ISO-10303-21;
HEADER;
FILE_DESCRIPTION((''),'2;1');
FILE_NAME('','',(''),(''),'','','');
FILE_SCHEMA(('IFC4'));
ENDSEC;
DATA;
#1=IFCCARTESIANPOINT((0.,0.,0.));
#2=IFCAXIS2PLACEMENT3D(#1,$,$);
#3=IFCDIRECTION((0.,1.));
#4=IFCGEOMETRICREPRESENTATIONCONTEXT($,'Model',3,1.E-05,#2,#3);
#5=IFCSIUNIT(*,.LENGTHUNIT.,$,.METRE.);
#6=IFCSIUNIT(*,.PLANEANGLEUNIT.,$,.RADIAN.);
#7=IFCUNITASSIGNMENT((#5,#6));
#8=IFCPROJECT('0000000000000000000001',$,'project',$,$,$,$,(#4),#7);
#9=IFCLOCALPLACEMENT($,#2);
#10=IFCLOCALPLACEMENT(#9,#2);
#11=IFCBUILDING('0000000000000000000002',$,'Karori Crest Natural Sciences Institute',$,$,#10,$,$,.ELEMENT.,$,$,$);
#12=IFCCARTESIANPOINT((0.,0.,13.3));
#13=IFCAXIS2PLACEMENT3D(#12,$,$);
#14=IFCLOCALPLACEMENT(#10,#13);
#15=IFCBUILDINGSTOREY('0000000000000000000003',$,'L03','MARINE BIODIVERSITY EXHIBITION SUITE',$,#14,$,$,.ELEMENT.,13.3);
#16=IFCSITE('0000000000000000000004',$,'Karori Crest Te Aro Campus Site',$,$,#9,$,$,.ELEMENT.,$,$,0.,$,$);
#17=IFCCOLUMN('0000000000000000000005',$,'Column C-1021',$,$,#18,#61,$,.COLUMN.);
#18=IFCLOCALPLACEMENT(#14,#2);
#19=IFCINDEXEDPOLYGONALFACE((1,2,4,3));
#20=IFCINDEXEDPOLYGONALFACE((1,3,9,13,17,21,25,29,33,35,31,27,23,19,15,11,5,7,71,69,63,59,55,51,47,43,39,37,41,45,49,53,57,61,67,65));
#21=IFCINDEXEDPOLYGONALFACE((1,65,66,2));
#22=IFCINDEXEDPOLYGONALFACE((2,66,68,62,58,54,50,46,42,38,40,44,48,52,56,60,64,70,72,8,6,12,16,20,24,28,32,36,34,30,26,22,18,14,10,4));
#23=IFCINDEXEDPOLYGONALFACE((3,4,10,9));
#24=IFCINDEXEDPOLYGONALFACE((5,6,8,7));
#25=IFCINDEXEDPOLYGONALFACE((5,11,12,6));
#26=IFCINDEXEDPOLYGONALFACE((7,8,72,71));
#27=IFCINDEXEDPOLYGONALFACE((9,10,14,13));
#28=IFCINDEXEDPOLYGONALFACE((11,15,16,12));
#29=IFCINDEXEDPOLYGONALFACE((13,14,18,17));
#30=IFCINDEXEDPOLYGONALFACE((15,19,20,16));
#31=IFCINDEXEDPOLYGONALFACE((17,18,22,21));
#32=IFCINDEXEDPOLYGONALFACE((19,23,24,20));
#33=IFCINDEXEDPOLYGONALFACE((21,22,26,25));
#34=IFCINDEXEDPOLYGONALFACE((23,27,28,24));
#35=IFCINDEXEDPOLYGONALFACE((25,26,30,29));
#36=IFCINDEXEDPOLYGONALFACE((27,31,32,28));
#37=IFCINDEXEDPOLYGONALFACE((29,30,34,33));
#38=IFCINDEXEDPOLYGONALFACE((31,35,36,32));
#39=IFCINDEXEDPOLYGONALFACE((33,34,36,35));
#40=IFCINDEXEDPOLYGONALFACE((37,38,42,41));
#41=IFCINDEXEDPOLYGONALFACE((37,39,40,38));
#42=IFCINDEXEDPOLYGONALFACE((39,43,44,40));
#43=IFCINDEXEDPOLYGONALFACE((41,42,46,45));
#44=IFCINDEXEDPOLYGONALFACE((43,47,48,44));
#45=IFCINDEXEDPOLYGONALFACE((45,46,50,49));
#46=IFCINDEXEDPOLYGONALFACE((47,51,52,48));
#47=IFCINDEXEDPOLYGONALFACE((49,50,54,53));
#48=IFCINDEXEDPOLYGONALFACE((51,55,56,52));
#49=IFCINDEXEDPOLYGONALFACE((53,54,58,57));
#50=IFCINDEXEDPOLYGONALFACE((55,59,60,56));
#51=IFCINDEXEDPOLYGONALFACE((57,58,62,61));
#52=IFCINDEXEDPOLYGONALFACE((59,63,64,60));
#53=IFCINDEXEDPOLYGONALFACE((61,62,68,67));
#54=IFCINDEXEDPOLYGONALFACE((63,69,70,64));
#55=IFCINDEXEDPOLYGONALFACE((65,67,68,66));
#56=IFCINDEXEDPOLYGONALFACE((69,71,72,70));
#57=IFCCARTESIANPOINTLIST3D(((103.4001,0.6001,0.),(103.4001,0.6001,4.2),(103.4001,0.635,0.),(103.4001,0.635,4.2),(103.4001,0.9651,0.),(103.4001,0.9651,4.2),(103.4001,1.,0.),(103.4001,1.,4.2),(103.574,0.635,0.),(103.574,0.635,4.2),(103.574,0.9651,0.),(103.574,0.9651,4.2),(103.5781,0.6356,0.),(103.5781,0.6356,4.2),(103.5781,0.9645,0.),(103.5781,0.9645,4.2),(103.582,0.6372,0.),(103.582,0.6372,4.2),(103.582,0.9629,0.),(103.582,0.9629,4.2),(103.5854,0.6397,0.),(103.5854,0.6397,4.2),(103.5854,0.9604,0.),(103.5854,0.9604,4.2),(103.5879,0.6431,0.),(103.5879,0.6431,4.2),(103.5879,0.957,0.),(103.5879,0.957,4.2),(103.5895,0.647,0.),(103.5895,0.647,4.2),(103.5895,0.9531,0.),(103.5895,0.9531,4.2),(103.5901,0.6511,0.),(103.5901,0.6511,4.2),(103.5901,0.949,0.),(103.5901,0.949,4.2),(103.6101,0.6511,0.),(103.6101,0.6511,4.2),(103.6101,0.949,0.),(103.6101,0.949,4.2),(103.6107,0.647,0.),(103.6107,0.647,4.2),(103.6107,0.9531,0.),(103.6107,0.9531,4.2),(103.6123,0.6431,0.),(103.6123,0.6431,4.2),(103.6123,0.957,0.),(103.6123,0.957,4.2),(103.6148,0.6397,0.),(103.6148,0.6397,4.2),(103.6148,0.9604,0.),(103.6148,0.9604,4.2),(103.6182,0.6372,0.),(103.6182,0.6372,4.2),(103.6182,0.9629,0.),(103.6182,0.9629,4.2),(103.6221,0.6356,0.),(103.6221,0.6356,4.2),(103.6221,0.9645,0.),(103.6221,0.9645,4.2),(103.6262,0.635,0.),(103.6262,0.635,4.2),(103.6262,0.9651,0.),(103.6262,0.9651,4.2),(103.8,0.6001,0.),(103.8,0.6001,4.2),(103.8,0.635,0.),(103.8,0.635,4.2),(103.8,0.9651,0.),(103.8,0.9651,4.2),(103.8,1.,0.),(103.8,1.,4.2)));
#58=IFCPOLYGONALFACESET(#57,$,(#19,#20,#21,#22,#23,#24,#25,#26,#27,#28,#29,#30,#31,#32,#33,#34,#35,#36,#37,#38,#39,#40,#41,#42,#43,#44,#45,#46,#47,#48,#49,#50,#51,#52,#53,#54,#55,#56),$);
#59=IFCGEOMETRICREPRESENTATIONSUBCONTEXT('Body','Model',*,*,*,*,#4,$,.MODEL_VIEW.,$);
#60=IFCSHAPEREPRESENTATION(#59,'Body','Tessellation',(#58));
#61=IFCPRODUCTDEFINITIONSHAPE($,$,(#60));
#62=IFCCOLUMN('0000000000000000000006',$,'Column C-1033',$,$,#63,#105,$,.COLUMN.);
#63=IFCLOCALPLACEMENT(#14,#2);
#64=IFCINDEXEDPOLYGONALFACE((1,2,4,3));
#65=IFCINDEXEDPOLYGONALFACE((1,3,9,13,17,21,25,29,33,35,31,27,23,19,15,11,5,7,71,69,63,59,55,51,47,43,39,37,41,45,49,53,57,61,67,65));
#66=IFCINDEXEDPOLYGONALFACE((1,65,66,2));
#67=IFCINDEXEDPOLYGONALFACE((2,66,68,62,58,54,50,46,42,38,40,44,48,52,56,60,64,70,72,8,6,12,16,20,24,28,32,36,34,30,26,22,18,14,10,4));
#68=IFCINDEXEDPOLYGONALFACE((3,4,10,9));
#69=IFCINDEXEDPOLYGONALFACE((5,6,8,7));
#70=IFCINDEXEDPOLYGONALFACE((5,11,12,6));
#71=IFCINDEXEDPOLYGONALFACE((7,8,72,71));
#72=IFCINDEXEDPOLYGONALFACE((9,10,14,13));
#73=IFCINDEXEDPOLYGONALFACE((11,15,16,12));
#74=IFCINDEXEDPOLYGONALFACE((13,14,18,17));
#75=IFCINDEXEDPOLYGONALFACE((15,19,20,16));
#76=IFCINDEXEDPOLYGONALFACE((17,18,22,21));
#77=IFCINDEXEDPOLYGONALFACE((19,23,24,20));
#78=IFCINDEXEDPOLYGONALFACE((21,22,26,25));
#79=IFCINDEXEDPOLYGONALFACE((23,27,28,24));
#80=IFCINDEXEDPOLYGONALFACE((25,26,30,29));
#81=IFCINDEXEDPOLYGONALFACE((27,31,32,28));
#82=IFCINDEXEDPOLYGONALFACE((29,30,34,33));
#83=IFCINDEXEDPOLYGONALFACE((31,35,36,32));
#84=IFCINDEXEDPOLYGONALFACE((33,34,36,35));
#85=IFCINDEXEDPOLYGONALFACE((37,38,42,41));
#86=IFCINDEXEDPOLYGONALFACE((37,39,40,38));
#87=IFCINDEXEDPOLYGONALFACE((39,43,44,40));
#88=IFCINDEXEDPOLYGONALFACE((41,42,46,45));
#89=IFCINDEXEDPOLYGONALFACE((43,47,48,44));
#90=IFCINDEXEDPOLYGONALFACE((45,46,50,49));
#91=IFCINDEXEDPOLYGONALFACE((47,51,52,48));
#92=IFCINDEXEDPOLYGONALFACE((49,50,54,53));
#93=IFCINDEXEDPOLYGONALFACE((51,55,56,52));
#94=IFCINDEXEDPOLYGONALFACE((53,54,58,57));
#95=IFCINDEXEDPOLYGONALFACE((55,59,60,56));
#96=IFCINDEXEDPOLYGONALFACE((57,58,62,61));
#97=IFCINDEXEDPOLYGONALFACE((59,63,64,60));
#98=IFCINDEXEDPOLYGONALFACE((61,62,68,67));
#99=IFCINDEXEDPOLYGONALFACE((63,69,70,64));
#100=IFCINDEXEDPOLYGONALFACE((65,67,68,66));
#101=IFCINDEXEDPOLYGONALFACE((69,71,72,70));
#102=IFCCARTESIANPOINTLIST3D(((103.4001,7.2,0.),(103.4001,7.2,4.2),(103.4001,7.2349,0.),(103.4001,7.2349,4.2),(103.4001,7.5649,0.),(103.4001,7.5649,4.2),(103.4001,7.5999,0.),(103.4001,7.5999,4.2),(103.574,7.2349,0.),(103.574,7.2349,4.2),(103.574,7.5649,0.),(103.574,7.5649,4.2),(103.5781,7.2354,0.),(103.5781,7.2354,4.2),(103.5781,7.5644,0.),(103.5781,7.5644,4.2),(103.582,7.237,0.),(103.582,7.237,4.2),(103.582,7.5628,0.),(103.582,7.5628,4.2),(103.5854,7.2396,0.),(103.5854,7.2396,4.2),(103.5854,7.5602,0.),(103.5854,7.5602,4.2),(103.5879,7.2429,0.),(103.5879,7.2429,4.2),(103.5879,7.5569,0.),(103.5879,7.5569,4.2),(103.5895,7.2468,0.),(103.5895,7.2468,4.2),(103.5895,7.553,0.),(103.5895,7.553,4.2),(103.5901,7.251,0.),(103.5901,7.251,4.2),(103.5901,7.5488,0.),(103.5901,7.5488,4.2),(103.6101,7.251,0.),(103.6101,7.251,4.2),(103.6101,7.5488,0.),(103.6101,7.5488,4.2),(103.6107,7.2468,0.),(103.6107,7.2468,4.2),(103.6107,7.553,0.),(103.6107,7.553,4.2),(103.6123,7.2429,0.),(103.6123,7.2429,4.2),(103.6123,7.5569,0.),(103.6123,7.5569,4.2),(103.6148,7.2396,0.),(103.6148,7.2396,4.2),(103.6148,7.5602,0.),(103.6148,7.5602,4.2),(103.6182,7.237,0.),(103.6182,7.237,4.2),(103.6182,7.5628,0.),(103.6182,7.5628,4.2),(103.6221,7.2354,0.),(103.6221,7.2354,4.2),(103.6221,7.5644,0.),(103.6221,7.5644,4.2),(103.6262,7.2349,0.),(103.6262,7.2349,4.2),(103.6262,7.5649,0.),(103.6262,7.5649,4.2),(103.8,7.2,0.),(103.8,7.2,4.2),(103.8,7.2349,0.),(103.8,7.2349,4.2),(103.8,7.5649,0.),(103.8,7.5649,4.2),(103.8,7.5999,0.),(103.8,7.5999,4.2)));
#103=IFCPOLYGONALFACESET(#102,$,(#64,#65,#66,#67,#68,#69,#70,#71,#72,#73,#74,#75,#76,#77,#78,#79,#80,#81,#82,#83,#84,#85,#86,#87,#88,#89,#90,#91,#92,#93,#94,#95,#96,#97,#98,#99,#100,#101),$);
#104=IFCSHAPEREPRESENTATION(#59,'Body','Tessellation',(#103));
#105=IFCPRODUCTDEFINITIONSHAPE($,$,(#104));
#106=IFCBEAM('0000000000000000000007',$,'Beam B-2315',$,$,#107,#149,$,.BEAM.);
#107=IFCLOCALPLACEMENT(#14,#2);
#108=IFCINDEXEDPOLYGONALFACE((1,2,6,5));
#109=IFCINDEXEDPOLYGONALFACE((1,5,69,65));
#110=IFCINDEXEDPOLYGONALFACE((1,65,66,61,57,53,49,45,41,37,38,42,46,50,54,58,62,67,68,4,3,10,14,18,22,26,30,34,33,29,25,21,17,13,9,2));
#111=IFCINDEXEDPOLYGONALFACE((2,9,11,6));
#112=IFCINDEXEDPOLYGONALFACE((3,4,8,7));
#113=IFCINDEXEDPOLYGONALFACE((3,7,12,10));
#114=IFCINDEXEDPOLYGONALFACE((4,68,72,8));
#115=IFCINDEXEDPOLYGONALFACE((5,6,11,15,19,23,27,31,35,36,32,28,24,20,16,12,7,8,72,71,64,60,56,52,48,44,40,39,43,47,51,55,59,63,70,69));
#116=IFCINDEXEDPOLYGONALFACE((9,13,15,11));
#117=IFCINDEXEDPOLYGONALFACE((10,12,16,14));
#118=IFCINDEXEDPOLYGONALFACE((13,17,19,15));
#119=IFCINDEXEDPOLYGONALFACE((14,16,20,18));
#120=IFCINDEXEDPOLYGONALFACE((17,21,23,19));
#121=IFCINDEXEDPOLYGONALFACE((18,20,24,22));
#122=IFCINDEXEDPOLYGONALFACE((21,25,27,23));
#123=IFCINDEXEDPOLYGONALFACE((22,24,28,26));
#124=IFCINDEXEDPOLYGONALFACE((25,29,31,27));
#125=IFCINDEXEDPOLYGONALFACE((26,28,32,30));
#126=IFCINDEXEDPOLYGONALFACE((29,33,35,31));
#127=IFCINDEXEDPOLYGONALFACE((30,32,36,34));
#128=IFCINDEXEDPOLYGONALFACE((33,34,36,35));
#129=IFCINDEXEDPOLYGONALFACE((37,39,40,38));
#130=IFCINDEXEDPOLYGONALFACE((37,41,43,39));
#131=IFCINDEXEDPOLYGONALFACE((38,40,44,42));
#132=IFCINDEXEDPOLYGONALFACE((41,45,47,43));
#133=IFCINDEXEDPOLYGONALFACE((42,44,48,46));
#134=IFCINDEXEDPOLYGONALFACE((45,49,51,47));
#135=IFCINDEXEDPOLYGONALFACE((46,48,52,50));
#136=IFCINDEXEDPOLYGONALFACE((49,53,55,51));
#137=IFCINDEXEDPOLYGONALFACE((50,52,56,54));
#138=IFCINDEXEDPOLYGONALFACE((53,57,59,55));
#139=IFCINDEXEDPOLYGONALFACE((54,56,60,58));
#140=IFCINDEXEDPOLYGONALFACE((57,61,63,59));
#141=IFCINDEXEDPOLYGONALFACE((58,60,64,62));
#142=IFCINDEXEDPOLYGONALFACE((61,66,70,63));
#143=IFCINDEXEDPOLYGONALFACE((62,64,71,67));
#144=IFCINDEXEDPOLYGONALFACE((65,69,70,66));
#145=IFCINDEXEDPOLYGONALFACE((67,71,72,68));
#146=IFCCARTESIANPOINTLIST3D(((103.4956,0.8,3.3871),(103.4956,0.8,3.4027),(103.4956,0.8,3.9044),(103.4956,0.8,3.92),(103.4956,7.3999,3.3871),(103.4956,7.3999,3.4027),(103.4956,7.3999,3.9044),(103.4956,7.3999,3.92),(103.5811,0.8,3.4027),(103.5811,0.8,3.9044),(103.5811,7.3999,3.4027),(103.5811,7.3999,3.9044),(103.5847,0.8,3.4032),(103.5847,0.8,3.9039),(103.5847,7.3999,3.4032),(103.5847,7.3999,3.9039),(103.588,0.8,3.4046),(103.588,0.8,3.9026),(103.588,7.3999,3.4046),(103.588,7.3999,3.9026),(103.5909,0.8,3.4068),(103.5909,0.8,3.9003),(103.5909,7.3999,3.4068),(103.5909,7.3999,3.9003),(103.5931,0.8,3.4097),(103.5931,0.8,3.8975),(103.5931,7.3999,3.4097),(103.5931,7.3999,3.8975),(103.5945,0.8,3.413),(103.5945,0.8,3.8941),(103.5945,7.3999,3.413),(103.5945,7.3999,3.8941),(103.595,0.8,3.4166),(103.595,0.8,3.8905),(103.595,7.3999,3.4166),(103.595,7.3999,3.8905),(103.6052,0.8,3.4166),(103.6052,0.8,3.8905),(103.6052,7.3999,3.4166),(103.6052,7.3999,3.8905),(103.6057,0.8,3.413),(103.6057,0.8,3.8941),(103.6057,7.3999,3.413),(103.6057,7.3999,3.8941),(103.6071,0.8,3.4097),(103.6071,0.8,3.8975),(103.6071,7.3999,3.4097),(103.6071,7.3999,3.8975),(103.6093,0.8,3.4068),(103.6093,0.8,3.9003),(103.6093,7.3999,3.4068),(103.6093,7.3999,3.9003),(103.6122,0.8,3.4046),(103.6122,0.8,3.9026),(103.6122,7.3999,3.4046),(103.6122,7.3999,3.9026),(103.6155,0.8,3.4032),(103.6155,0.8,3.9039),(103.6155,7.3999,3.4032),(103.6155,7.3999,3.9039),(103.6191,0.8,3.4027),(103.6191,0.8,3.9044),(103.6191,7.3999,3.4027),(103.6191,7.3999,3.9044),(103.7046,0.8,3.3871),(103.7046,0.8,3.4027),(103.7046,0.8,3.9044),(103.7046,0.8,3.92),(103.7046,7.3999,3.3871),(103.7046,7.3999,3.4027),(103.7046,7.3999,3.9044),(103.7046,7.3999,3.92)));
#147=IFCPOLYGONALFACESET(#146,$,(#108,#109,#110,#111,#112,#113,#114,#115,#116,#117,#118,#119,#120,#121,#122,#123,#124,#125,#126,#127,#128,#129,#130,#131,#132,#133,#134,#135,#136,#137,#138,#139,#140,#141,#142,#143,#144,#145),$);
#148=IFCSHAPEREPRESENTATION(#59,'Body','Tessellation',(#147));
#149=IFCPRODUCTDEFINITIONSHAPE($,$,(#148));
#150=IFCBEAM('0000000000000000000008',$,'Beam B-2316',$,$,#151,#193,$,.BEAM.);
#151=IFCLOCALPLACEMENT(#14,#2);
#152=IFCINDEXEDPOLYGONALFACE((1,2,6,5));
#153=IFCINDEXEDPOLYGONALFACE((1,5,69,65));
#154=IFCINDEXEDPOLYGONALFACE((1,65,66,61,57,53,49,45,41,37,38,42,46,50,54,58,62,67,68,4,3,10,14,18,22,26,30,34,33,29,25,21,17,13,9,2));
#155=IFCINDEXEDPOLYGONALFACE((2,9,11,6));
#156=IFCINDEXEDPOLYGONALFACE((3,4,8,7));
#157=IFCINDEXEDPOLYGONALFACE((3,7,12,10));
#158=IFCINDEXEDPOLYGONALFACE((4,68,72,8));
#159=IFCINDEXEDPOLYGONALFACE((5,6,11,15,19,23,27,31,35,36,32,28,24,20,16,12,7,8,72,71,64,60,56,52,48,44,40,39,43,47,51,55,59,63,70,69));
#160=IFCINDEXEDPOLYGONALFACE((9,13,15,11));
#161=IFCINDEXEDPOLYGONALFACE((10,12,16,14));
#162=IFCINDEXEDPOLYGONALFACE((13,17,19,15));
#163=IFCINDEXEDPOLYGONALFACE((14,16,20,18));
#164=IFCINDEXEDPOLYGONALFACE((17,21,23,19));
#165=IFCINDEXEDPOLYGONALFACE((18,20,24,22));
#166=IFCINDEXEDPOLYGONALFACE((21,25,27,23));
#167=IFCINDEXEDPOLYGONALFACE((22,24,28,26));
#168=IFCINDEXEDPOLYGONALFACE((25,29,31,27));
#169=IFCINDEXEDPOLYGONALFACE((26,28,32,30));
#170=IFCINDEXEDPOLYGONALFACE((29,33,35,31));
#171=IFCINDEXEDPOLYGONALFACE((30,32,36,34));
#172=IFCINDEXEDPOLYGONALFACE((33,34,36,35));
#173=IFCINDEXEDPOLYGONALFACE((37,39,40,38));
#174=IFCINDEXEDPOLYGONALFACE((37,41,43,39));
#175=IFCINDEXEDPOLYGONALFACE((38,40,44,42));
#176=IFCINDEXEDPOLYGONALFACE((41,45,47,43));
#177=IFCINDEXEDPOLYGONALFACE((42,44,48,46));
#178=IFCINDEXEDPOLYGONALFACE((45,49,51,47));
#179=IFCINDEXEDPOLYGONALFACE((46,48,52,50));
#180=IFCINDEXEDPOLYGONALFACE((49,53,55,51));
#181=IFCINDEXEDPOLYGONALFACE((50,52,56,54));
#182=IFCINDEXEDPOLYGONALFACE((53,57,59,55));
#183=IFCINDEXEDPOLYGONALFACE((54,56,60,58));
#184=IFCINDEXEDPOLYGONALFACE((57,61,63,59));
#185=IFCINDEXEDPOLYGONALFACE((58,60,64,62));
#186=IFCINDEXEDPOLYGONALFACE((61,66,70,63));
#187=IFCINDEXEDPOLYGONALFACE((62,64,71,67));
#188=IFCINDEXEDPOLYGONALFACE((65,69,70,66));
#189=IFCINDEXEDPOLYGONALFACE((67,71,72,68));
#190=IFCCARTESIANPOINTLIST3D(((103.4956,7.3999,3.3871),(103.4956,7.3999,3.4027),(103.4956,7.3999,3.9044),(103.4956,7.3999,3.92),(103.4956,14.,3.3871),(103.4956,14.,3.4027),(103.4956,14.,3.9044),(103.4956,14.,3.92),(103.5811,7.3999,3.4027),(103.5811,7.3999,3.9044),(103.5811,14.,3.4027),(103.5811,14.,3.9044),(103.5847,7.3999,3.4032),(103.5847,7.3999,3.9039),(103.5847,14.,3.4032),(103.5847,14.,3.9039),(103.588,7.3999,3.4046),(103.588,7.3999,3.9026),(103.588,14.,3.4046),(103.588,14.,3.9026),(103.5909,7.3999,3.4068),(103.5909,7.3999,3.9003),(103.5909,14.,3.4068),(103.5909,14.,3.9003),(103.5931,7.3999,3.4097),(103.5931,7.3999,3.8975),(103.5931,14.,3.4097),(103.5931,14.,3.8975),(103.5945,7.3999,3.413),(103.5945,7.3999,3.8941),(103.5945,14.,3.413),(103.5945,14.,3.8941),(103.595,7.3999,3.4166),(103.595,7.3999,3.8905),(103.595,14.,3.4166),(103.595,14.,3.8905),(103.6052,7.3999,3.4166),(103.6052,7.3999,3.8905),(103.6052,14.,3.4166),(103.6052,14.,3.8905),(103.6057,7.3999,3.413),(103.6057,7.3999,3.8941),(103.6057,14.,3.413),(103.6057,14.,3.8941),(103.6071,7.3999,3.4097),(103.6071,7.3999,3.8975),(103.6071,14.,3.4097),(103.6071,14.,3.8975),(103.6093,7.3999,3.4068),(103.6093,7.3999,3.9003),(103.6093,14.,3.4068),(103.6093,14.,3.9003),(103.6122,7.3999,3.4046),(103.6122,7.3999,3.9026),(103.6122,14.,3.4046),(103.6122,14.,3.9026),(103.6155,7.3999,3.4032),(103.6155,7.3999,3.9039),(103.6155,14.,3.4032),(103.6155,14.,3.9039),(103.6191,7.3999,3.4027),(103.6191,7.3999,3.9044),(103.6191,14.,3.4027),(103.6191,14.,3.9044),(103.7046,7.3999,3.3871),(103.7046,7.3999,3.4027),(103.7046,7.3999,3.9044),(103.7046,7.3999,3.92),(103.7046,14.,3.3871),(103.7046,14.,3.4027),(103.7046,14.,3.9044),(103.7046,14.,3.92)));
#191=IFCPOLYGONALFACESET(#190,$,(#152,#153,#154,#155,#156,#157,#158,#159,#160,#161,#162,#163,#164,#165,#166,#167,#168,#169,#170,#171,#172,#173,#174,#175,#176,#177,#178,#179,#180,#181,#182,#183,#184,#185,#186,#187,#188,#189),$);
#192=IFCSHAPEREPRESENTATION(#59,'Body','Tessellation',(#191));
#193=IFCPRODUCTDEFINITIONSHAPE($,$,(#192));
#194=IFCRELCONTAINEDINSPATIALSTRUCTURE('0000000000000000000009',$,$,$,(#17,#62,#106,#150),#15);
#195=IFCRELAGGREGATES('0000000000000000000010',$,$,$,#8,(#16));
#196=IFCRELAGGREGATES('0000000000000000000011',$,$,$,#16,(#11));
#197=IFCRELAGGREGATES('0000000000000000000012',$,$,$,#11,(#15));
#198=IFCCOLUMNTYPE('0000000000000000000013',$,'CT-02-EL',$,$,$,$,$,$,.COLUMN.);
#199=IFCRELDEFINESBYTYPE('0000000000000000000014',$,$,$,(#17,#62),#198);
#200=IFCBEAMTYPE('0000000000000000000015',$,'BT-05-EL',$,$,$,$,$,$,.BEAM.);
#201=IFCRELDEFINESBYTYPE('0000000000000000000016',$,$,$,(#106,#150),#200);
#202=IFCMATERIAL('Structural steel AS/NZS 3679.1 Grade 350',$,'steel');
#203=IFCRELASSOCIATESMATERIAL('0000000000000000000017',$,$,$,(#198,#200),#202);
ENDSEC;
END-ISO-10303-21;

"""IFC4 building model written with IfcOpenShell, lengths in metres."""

from ifc_helpers import new_model, si_unit, direction, frame, origin, origin_2d, place, context, subcontext, project, spatial, i_section, extrude, material, material_profile, profile_set, type_object, element, save


model = new_model("IFC4")

# Units and contexts
model_context = context("Model", 3, precision=1e-05, world=origin(), true_north=direction((0.0, 1.0)))
body_context = subcontext(model_context, "Body", "Model", "MODEL_VIEW")
ifc_project = project(units=[si_unit("LENGTHUNIT", "METRE"), si_unit("PLANEANGLEUNIT", "RADIAN")], contexts=[model_context])

# Site, building, storey
site_placement = place(None, origin())
site = spatial("IfcSite", under=ifc_project, at=site_placement, Name="Karori Crest Te Aro Campus Site", CompositionType="ELEMENT", RefElevation=0.0)
building_placement = place(site_placement, origin())
building = spatial("IfcBuilding", under=site, at=building_placement, Name="Karori Crest Natural Sciences Institute", CompositionType="ELEMENT")
storey_placement = place(building_placement, frame((0.0, 0.0, 13.3)))
storey = spatial("IfcBuildingStorey", under=building, at=storey_placement, Name="L03", Description="MARINE BIODIVERSITY EXHIBITION SUITE", CompositionType="ELEMENT", Elevation=13.3)

# Columns
ifc_material_1 = material(Name="Structural steel AS/NZS 3679.1 Grade 350", Category="steel")
ifc_material_profile_1 = material_profile(ifc_material_1, i_section(OverallWidth=0.3999, OverallDepth=0.3999, WebThickness=0.02, FlangeThickness=0.0349, FilletRadius=0.0161, at=origin_2d()), Name="400WC328")
ifc_profile_set_1 = profile_set([ifc_material_profile_1], Name="Structural steel AS/NZS 3679.1 Grade 350")
column_type = type_object("IfcColumnType", Name="CT-02-EL", PredefinedType="COLUMN", material=ifc_profile_set_1)
for number, where, z_axis, x_axis, name in (
    (1, (103.6001, 0.8, 0.0), (0.0, 0.0, 1.0), (1.0, 0.0, 0.0), "Column C-1021"),
    (2, (103.6001, 7.3999, 0.0), (0.0, 0.0, 1.0), (1.0, 0.0, 0.0), "Column C-1033"),
):
    element("IfcColumn", number, at=place(storey_placement, frame(where, z_axis=z_axis, x_axis=x_axis)), inside=storey, type_object=column_type, Name=name, PredefinedType="COLUMN", context=body_context, shape_type="SweptSolid", body=[
        extrude(i_section(OverallWidth=0.3999, OverallDepth=0.3999, WebThickness=0.02, FlangeThickness=0.0349, FilletRadius=0.0161, at=origin_2d()), origin(), (0.0, 0.0, 1.0), 4.2),
    ])

# Beams
ifc_material_profile_2 = material_profile(ifc_material_1, i_section(OverallWidth=0.209, OverallDepth=0.533, WebThickness=0.0103, FlangeThickness=0.0156, FilletRadius=0.0139, at=origin_2d()), Name="530UB92.4")
ifc_profile_set_2 = profile_set([ifc_material_profile_2], Name="Structural steel AS/NZS 3679.1 Grade 350")
beam_type_1 = type_object("IfcBeamType", Name="BT-05-EL", PredefinedType="BEAM", material=ifc_profile_set_2)
beam_1_placement = place(storey_placement, frame((103.6001, 0.8, 3.6536), z_axis=(0.0, 1.0, 0.0), x_axis=(-1.0, 0.0, 0.0)))
element("IfcBeam", 3, at=beam_1_placement, inside=storey, type_object=beam_type_1, Name="Beam B-2315", PredefinedType="BEAM", context=body_context, shape_type="SweptSolid", body=[
    extrude(i_section(OverallWidth=0.209, OverallDepth=0.533, WebThickness=0.0103, FlangeThickness=0.0156, FilletRadius=0.0139, at=origin_2d()), origin(), (0.0, 0.0, 1.0), 6.5999),
])
beam_2_placement = place(storey_placement, frame((103.6001, 7.3999, 3.6536), z_axis=(0.0, 1.0, 0.0), x_axis=(-1.0, 0.0, 0.0)))
element("IfcBeam", 4, at=beam_2_placement, inside=storey, type_object=beam_type_1, Name="Beam B-2316", PredefinedType="BEAM", context=body_context, shape_type="SweptSolid", body=[
    extrude(i_section(OverallWidth=0.209, OverallDepth=0.533, WebThickness=0.0103, FlangeThickness=0.0156, FilletRadius=0.0139, at=origin_2d()), origin(), (0.0, 0.0, 1.0), 6.6001),
])

save(model, "model.ifc")
